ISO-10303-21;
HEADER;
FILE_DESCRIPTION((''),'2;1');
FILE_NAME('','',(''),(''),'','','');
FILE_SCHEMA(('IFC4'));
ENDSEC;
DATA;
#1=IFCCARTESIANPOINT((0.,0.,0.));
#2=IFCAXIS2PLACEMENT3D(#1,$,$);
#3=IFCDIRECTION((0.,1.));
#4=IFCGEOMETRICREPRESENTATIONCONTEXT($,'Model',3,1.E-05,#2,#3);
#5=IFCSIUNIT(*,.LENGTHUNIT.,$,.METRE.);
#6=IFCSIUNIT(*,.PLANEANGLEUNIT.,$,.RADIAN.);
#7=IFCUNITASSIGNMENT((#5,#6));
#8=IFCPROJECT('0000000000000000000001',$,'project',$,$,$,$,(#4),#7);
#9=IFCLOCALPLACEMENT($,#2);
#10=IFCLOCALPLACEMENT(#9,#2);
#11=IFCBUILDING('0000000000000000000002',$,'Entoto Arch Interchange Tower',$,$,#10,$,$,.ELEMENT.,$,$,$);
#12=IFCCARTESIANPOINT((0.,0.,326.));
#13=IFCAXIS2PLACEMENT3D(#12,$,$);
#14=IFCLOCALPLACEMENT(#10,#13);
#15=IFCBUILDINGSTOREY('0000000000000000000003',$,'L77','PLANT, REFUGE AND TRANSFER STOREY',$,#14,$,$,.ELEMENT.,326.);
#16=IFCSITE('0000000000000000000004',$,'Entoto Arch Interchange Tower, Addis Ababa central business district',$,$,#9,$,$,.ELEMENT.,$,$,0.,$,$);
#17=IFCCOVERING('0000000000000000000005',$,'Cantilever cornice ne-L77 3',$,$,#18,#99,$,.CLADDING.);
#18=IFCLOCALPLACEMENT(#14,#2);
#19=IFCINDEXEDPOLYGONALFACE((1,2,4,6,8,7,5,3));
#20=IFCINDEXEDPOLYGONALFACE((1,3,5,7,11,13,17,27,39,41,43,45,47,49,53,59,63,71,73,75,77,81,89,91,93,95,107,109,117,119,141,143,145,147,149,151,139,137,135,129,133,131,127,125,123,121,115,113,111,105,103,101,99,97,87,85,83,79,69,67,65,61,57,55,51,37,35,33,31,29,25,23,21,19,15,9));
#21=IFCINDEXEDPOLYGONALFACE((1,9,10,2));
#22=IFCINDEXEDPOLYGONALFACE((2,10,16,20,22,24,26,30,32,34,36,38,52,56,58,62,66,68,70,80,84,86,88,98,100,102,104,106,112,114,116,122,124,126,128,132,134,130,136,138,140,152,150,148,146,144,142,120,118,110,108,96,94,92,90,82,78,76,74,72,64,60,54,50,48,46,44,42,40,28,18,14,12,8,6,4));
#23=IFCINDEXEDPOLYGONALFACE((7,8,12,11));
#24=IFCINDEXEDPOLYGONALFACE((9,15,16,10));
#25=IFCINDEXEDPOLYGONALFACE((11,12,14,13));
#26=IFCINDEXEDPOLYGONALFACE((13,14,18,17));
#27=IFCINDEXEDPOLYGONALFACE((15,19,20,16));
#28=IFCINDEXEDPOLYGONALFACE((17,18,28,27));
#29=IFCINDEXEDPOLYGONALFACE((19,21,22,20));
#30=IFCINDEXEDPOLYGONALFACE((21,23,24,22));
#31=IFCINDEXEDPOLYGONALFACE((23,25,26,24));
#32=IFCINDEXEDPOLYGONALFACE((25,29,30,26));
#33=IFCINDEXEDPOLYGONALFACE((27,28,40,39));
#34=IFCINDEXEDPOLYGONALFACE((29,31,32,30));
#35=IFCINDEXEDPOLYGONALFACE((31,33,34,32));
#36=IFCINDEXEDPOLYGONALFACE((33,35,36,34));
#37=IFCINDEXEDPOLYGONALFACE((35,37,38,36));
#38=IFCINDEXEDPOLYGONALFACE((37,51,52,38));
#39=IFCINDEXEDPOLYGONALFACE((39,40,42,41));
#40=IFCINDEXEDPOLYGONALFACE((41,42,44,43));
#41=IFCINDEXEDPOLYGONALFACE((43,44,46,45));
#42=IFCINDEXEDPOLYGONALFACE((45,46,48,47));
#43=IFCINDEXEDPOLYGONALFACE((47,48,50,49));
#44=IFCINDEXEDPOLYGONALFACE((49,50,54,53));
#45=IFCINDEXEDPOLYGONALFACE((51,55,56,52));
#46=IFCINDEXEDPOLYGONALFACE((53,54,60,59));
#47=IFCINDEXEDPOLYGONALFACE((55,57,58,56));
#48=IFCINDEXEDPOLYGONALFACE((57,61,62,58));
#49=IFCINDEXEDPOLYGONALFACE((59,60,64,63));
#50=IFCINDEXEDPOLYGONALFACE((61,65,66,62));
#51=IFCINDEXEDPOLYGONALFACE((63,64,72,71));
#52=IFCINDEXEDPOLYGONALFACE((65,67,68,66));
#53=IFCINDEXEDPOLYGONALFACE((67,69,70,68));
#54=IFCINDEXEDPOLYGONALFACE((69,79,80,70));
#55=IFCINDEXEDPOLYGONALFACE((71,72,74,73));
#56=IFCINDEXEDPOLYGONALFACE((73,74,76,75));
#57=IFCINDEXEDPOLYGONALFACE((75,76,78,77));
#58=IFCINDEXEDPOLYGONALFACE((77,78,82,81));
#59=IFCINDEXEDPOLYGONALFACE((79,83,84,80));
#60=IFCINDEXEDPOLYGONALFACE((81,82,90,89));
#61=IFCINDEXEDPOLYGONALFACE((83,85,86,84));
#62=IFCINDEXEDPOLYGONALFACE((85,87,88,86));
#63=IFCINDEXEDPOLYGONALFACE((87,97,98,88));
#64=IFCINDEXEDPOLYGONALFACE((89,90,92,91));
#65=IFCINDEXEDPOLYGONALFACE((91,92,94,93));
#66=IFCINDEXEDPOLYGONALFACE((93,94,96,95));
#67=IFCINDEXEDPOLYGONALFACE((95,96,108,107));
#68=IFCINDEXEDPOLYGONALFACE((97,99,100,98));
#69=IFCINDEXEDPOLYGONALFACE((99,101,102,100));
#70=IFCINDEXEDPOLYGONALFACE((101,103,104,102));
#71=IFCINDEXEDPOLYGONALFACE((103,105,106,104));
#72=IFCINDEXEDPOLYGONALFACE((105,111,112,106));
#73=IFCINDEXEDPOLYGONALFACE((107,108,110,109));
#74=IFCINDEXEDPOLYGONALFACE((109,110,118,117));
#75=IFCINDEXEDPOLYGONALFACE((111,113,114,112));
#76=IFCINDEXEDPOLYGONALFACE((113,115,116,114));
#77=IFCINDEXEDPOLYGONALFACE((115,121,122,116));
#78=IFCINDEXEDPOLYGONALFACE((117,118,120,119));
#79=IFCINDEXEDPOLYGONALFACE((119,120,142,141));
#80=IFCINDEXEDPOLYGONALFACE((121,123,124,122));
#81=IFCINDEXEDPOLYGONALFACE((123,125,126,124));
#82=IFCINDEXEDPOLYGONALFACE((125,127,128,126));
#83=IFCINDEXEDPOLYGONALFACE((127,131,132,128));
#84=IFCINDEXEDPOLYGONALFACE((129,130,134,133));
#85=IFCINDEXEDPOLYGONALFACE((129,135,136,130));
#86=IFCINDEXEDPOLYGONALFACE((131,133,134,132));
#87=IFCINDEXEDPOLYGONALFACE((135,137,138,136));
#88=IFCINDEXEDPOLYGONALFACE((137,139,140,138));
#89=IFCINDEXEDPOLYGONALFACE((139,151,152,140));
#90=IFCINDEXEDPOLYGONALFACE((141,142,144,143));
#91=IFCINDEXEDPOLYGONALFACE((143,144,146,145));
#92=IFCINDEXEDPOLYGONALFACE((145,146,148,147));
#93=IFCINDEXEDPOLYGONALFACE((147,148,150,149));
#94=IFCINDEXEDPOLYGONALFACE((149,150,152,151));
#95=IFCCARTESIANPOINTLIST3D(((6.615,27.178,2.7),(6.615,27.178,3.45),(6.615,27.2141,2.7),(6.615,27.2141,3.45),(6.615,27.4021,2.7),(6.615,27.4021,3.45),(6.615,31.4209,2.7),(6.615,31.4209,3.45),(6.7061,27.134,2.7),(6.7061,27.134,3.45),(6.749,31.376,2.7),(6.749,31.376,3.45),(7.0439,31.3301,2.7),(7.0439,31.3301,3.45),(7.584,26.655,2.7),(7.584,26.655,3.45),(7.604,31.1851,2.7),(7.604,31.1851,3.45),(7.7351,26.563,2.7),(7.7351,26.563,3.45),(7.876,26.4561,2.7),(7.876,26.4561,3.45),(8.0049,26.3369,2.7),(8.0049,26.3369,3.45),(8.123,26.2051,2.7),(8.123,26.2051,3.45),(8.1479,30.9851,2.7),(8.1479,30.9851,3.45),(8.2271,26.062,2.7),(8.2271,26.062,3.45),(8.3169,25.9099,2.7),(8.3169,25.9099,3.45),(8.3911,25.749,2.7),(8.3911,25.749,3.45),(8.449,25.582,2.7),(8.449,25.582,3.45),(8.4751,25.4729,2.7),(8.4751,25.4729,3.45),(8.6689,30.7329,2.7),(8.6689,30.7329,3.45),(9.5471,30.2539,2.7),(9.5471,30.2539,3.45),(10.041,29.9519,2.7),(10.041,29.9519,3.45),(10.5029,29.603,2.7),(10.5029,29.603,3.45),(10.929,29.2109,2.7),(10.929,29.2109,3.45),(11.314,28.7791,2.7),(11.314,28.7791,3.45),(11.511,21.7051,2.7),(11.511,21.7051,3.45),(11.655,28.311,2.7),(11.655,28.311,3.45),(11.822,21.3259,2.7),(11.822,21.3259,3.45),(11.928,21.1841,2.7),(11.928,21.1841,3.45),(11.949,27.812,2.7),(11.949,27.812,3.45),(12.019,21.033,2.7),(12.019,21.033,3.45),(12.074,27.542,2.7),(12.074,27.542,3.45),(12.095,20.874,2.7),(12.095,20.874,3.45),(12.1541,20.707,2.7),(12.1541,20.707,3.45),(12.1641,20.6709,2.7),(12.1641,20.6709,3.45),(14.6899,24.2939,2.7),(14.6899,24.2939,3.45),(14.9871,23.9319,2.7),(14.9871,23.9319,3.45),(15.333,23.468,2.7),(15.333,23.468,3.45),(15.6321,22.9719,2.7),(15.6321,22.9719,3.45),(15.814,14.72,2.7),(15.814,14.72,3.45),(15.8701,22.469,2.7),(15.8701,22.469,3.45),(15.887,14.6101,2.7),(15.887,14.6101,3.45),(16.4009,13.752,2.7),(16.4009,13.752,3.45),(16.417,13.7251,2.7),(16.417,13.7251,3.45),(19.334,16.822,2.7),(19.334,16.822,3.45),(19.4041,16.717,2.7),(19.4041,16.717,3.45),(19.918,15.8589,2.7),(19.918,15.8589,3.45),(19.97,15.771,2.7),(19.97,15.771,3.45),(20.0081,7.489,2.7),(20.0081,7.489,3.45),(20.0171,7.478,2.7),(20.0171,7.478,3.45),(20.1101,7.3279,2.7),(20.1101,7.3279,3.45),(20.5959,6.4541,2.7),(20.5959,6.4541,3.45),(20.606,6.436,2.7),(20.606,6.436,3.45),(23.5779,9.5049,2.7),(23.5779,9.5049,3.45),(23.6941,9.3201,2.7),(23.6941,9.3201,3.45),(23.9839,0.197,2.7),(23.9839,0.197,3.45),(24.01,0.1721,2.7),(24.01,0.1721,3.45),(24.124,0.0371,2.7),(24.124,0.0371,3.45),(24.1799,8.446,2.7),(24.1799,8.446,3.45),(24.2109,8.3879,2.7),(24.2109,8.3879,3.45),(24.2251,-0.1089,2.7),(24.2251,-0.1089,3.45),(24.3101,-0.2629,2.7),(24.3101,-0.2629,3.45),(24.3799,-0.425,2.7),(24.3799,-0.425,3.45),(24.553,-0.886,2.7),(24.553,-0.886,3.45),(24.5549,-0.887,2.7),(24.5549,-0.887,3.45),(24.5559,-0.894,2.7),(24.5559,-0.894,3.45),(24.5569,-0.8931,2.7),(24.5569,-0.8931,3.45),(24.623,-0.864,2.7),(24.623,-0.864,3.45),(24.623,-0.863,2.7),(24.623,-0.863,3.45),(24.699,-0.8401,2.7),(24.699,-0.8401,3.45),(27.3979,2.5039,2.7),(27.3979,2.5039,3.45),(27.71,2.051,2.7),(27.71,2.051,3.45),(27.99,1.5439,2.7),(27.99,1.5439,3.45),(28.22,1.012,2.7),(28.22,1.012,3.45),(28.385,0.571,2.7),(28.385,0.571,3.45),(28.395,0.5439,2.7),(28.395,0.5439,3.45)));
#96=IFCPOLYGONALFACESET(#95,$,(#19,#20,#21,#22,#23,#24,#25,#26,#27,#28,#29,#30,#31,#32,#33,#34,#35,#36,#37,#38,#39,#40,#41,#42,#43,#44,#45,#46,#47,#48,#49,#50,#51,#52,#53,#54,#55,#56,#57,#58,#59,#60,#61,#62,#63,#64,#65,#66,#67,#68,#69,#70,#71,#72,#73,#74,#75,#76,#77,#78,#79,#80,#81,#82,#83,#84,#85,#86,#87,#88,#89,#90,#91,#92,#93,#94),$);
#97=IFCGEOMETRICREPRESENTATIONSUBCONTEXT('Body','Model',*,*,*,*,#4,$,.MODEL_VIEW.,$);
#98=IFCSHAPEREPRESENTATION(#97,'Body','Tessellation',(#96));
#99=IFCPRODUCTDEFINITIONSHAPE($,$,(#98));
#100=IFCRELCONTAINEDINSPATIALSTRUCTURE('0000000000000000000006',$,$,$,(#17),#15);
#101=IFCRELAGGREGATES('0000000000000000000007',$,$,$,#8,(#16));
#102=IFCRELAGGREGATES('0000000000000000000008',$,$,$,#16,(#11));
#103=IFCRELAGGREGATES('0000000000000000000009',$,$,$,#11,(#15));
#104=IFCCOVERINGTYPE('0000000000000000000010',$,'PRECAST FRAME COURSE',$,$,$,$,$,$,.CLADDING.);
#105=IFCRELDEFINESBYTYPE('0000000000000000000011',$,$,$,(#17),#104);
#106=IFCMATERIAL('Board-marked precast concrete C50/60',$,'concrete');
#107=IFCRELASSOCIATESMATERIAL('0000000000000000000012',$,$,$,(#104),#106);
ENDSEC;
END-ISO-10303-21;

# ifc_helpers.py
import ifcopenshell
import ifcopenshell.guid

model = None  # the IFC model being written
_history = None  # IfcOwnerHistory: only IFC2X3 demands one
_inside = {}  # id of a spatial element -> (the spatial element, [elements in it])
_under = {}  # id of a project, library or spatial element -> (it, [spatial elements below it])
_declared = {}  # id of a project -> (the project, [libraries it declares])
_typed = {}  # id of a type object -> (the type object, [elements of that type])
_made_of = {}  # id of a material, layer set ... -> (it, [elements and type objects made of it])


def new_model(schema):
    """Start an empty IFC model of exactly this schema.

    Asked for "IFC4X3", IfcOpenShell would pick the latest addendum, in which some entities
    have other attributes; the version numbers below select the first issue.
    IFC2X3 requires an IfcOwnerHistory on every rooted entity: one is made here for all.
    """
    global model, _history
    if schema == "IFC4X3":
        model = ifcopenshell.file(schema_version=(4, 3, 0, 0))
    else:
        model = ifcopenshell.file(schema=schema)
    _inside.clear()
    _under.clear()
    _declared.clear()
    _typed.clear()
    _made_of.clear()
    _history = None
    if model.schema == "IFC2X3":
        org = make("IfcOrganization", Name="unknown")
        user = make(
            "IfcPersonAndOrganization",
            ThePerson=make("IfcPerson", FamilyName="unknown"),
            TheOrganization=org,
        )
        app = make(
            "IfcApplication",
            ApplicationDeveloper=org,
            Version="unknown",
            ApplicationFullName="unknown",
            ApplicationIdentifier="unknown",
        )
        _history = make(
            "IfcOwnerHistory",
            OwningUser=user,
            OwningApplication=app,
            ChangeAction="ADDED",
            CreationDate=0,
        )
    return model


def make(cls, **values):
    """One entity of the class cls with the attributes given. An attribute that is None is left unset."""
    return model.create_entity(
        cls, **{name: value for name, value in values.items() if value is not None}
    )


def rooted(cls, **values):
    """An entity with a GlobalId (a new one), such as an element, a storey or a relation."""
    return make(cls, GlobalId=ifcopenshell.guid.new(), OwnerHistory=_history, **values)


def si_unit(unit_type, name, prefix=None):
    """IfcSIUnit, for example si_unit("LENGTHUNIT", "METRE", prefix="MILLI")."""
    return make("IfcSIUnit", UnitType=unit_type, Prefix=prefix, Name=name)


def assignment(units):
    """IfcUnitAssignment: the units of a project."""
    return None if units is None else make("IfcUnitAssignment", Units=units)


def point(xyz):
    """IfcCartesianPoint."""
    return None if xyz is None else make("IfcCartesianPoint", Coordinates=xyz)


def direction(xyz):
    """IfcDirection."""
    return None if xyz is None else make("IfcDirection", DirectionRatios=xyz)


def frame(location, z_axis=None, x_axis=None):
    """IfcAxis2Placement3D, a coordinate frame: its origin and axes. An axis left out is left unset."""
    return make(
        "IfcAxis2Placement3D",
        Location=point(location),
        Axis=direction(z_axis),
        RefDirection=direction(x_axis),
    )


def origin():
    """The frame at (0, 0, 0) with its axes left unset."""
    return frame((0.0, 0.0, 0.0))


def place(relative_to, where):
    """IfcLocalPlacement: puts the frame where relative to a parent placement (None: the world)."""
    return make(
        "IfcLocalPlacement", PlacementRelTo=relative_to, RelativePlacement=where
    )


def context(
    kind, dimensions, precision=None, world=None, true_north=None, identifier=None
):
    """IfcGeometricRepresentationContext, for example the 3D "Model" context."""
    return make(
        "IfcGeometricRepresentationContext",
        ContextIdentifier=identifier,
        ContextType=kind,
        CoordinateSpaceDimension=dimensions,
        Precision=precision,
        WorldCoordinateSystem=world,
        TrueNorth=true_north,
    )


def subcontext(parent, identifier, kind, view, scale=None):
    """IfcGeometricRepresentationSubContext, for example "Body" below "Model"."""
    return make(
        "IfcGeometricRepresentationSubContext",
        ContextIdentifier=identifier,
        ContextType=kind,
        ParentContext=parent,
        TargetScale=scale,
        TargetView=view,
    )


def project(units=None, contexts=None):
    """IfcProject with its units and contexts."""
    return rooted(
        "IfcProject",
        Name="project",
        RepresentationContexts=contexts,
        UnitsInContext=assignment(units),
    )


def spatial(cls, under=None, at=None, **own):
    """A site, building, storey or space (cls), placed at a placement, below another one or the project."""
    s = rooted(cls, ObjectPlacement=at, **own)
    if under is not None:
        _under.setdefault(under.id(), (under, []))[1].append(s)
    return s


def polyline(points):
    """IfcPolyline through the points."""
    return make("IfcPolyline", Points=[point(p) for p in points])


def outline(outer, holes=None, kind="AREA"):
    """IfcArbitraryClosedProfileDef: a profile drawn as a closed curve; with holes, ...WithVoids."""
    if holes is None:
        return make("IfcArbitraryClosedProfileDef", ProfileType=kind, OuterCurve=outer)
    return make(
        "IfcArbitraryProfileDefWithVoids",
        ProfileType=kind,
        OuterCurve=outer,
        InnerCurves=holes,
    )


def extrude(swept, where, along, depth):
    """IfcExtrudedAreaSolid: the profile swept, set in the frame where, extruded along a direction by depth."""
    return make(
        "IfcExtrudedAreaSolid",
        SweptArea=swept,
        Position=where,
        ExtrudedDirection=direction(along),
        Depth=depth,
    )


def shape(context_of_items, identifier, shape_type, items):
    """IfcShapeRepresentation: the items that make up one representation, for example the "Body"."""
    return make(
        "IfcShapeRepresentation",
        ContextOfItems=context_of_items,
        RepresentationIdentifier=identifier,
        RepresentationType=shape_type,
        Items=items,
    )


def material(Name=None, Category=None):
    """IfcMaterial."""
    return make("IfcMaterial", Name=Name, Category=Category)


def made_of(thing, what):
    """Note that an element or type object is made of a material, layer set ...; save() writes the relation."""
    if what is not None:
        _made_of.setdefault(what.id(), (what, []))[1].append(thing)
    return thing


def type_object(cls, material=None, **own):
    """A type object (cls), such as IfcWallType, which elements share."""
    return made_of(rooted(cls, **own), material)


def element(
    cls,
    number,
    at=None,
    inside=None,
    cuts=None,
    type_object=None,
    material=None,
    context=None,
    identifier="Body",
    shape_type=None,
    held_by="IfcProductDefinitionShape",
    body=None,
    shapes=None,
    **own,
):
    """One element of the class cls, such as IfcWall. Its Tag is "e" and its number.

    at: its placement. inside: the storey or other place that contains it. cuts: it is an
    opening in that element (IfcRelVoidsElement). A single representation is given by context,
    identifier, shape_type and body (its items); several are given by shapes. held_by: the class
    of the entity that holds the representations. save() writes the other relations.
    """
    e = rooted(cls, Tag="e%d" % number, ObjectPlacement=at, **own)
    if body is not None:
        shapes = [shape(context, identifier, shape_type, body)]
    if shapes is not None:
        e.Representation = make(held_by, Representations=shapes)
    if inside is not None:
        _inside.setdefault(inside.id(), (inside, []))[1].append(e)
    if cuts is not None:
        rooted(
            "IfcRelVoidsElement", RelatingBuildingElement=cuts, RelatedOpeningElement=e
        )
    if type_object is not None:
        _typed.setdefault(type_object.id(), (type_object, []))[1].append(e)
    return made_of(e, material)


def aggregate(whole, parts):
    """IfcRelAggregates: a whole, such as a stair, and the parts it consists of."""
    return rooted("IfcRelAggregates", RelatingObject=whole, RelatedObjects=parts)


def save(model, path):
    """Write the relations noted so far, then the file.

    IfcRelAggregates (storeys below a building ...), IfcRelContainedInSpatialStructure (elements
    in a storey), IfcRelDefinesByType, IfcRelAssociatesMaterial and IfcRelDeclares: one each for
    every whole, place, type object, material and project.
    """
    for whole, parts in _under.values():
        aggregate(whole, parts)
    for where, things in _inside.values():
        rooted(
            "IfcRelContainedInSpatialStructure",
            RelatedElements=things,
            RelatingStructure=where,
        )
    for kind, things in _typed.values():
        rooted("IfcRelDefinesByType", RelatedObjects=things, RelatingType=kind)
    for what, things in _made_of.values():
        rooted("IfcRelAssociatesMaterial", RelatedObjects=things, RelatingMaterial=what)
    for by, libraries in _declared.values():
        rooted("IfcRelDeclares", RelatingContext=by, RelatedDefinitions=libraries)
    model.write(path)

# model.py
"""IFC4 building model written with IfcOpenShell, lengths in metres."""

from ifc_helpers import new_model, si_unit, direction, frame, origin, place, context, subcontext, project, spatial, polyline, outline, extrude, material, type_object, element, save


model = new_model("IFC4")

# Units and contexts
model_context = context("Model", 3, precision=1e-05, world=origin(), true_north=direction((0.0, 1.0)))
body_context = subcontext(model_context, "Body", "Model", "MODEL_VIEW")
ifc_project = project(units=[si_unit("LENGTHUNIT", "METRE"), si_unit("PLANEANGLEUNIT", "RADIAN")], contexts=[model_context])

# Site, building, storey
site_placement = place(None, origin())
site = spatial("IfcSite", under=ifc_project, at=site_placement, Name="Entoto Arch Interchange Tower, Addis Ababa central business district", CompositionType="ELEMENT", RefElevation=0.0)
building_placement = place(site_placement, origin())
building = spatial("IfcBuilding", under=site, at=building_placement, Name="Entoto Arch Interchange Tower", CompositionType="ELEMENT")
storey_placement = place(building_placement, frame((0.0, 0.0, 326.0)))
storey = spatial("IfcBuildingStorey", under=building, at=storey_placement, Name="L77", Description="PLANT, REFUGE AND TRANSFER STOREY", CompositionType="ELEMENT", Elevation=326.0)

# Covering
ifc_material_1 = material(Name="Board-marked precast concrete C50/60", Category="concrete")
covering_type = type_object("IfcCoveringType", Name="PRECAST FRAME COURSE", PredefinedType="CLADDING", material=ifc_material_1)
covering_1_placement = place(storey_placement, frame((0.0, 0.0, 2.7)))
element("IfcCovering", 1, at=covering_1_placement, inside=storey, type_object=covering_type, Name="Cantilever cornice ne-L77 3", PredefinedType="CLADDING", context=body_context, shape_type="SweptSolid", body=[
    extrude(outline(polyline([(6.615, 31.4209), (6.749, 31.376), (7.0439, 31.3301), (7.604, 31.1851), (8.1479, 30.9851), (8.6689, 30.7329), (9.5471, 30.2539), (10.041, 29.9519), (10.5029, 29.603), (10.929, 29.2109), (11.314, 28.7791), (11.655, 28.311), (11.949, 27.812), (12.074, 27.542), (14.6899, 24.2939), (14.9871, 23.9319), (15.333, 23.468), (15.6321, 22.9719), (15.8701, 22.469), (19.334, 16.822), (19.4041, 16.717), (19.918, 15.8589), (19.97, 15.771), (23.5779, 9.5049), (23.6941, 9.3201), (24.1799, 8.446), (24.2109, 8.3879), (27.3979, 2.5039), (27.71, 2.051), (27.99, 1.5439), (28.22, 1.012), (28.385, 0.571), (28.395, 0.5439), (24.699, -0.8401), (24.623, -0.863), (24.623, -0.864), (24.5549, -0.887), (24.5569, -0.8931), (24.5559, -0.894), (24.553, -0.886), (24.3799, -0.425), (24.3101, -0.2629), (24.2251, -0.1089), (24.124, 0.0371), (24.01, 0.1721), (23.9839, 0.197), (20.606, 6.436), (20.5959, 6.4541), (20.1101, 7.3279), (20.0171, 7.478), (20.0081, 7.489), (16.417, 13.7251), (16.4009, 13.752), (15.887, 14.6101), (15.814, 14.72), (12.1641, 20.6709), (12.1541, 20.707), (12.095, 20.874), (12.019, 21.033), (11.928, 21.1841), (11.822, 21.3259), (11.511, 21.7051), (8.4751, 25.4729), (8.449, 25.582), (8.3911, 25.749), (8.3169, 25.9099), (8.2271, 26.062), (8.123, 26.2051), (8.0049, 26.3369), (7.876, 26.4561), (7.7351, 26.563), (7.584, 26.655), (6.7061, 27.134), (6.615, 27.178), (6.615, 27.2141), (6.615, 27.4021), (6.615, 31.4209)])), origin(), (0.0, 0.0, 1.0), 0.75),
])

save(model, "model.ifc")
